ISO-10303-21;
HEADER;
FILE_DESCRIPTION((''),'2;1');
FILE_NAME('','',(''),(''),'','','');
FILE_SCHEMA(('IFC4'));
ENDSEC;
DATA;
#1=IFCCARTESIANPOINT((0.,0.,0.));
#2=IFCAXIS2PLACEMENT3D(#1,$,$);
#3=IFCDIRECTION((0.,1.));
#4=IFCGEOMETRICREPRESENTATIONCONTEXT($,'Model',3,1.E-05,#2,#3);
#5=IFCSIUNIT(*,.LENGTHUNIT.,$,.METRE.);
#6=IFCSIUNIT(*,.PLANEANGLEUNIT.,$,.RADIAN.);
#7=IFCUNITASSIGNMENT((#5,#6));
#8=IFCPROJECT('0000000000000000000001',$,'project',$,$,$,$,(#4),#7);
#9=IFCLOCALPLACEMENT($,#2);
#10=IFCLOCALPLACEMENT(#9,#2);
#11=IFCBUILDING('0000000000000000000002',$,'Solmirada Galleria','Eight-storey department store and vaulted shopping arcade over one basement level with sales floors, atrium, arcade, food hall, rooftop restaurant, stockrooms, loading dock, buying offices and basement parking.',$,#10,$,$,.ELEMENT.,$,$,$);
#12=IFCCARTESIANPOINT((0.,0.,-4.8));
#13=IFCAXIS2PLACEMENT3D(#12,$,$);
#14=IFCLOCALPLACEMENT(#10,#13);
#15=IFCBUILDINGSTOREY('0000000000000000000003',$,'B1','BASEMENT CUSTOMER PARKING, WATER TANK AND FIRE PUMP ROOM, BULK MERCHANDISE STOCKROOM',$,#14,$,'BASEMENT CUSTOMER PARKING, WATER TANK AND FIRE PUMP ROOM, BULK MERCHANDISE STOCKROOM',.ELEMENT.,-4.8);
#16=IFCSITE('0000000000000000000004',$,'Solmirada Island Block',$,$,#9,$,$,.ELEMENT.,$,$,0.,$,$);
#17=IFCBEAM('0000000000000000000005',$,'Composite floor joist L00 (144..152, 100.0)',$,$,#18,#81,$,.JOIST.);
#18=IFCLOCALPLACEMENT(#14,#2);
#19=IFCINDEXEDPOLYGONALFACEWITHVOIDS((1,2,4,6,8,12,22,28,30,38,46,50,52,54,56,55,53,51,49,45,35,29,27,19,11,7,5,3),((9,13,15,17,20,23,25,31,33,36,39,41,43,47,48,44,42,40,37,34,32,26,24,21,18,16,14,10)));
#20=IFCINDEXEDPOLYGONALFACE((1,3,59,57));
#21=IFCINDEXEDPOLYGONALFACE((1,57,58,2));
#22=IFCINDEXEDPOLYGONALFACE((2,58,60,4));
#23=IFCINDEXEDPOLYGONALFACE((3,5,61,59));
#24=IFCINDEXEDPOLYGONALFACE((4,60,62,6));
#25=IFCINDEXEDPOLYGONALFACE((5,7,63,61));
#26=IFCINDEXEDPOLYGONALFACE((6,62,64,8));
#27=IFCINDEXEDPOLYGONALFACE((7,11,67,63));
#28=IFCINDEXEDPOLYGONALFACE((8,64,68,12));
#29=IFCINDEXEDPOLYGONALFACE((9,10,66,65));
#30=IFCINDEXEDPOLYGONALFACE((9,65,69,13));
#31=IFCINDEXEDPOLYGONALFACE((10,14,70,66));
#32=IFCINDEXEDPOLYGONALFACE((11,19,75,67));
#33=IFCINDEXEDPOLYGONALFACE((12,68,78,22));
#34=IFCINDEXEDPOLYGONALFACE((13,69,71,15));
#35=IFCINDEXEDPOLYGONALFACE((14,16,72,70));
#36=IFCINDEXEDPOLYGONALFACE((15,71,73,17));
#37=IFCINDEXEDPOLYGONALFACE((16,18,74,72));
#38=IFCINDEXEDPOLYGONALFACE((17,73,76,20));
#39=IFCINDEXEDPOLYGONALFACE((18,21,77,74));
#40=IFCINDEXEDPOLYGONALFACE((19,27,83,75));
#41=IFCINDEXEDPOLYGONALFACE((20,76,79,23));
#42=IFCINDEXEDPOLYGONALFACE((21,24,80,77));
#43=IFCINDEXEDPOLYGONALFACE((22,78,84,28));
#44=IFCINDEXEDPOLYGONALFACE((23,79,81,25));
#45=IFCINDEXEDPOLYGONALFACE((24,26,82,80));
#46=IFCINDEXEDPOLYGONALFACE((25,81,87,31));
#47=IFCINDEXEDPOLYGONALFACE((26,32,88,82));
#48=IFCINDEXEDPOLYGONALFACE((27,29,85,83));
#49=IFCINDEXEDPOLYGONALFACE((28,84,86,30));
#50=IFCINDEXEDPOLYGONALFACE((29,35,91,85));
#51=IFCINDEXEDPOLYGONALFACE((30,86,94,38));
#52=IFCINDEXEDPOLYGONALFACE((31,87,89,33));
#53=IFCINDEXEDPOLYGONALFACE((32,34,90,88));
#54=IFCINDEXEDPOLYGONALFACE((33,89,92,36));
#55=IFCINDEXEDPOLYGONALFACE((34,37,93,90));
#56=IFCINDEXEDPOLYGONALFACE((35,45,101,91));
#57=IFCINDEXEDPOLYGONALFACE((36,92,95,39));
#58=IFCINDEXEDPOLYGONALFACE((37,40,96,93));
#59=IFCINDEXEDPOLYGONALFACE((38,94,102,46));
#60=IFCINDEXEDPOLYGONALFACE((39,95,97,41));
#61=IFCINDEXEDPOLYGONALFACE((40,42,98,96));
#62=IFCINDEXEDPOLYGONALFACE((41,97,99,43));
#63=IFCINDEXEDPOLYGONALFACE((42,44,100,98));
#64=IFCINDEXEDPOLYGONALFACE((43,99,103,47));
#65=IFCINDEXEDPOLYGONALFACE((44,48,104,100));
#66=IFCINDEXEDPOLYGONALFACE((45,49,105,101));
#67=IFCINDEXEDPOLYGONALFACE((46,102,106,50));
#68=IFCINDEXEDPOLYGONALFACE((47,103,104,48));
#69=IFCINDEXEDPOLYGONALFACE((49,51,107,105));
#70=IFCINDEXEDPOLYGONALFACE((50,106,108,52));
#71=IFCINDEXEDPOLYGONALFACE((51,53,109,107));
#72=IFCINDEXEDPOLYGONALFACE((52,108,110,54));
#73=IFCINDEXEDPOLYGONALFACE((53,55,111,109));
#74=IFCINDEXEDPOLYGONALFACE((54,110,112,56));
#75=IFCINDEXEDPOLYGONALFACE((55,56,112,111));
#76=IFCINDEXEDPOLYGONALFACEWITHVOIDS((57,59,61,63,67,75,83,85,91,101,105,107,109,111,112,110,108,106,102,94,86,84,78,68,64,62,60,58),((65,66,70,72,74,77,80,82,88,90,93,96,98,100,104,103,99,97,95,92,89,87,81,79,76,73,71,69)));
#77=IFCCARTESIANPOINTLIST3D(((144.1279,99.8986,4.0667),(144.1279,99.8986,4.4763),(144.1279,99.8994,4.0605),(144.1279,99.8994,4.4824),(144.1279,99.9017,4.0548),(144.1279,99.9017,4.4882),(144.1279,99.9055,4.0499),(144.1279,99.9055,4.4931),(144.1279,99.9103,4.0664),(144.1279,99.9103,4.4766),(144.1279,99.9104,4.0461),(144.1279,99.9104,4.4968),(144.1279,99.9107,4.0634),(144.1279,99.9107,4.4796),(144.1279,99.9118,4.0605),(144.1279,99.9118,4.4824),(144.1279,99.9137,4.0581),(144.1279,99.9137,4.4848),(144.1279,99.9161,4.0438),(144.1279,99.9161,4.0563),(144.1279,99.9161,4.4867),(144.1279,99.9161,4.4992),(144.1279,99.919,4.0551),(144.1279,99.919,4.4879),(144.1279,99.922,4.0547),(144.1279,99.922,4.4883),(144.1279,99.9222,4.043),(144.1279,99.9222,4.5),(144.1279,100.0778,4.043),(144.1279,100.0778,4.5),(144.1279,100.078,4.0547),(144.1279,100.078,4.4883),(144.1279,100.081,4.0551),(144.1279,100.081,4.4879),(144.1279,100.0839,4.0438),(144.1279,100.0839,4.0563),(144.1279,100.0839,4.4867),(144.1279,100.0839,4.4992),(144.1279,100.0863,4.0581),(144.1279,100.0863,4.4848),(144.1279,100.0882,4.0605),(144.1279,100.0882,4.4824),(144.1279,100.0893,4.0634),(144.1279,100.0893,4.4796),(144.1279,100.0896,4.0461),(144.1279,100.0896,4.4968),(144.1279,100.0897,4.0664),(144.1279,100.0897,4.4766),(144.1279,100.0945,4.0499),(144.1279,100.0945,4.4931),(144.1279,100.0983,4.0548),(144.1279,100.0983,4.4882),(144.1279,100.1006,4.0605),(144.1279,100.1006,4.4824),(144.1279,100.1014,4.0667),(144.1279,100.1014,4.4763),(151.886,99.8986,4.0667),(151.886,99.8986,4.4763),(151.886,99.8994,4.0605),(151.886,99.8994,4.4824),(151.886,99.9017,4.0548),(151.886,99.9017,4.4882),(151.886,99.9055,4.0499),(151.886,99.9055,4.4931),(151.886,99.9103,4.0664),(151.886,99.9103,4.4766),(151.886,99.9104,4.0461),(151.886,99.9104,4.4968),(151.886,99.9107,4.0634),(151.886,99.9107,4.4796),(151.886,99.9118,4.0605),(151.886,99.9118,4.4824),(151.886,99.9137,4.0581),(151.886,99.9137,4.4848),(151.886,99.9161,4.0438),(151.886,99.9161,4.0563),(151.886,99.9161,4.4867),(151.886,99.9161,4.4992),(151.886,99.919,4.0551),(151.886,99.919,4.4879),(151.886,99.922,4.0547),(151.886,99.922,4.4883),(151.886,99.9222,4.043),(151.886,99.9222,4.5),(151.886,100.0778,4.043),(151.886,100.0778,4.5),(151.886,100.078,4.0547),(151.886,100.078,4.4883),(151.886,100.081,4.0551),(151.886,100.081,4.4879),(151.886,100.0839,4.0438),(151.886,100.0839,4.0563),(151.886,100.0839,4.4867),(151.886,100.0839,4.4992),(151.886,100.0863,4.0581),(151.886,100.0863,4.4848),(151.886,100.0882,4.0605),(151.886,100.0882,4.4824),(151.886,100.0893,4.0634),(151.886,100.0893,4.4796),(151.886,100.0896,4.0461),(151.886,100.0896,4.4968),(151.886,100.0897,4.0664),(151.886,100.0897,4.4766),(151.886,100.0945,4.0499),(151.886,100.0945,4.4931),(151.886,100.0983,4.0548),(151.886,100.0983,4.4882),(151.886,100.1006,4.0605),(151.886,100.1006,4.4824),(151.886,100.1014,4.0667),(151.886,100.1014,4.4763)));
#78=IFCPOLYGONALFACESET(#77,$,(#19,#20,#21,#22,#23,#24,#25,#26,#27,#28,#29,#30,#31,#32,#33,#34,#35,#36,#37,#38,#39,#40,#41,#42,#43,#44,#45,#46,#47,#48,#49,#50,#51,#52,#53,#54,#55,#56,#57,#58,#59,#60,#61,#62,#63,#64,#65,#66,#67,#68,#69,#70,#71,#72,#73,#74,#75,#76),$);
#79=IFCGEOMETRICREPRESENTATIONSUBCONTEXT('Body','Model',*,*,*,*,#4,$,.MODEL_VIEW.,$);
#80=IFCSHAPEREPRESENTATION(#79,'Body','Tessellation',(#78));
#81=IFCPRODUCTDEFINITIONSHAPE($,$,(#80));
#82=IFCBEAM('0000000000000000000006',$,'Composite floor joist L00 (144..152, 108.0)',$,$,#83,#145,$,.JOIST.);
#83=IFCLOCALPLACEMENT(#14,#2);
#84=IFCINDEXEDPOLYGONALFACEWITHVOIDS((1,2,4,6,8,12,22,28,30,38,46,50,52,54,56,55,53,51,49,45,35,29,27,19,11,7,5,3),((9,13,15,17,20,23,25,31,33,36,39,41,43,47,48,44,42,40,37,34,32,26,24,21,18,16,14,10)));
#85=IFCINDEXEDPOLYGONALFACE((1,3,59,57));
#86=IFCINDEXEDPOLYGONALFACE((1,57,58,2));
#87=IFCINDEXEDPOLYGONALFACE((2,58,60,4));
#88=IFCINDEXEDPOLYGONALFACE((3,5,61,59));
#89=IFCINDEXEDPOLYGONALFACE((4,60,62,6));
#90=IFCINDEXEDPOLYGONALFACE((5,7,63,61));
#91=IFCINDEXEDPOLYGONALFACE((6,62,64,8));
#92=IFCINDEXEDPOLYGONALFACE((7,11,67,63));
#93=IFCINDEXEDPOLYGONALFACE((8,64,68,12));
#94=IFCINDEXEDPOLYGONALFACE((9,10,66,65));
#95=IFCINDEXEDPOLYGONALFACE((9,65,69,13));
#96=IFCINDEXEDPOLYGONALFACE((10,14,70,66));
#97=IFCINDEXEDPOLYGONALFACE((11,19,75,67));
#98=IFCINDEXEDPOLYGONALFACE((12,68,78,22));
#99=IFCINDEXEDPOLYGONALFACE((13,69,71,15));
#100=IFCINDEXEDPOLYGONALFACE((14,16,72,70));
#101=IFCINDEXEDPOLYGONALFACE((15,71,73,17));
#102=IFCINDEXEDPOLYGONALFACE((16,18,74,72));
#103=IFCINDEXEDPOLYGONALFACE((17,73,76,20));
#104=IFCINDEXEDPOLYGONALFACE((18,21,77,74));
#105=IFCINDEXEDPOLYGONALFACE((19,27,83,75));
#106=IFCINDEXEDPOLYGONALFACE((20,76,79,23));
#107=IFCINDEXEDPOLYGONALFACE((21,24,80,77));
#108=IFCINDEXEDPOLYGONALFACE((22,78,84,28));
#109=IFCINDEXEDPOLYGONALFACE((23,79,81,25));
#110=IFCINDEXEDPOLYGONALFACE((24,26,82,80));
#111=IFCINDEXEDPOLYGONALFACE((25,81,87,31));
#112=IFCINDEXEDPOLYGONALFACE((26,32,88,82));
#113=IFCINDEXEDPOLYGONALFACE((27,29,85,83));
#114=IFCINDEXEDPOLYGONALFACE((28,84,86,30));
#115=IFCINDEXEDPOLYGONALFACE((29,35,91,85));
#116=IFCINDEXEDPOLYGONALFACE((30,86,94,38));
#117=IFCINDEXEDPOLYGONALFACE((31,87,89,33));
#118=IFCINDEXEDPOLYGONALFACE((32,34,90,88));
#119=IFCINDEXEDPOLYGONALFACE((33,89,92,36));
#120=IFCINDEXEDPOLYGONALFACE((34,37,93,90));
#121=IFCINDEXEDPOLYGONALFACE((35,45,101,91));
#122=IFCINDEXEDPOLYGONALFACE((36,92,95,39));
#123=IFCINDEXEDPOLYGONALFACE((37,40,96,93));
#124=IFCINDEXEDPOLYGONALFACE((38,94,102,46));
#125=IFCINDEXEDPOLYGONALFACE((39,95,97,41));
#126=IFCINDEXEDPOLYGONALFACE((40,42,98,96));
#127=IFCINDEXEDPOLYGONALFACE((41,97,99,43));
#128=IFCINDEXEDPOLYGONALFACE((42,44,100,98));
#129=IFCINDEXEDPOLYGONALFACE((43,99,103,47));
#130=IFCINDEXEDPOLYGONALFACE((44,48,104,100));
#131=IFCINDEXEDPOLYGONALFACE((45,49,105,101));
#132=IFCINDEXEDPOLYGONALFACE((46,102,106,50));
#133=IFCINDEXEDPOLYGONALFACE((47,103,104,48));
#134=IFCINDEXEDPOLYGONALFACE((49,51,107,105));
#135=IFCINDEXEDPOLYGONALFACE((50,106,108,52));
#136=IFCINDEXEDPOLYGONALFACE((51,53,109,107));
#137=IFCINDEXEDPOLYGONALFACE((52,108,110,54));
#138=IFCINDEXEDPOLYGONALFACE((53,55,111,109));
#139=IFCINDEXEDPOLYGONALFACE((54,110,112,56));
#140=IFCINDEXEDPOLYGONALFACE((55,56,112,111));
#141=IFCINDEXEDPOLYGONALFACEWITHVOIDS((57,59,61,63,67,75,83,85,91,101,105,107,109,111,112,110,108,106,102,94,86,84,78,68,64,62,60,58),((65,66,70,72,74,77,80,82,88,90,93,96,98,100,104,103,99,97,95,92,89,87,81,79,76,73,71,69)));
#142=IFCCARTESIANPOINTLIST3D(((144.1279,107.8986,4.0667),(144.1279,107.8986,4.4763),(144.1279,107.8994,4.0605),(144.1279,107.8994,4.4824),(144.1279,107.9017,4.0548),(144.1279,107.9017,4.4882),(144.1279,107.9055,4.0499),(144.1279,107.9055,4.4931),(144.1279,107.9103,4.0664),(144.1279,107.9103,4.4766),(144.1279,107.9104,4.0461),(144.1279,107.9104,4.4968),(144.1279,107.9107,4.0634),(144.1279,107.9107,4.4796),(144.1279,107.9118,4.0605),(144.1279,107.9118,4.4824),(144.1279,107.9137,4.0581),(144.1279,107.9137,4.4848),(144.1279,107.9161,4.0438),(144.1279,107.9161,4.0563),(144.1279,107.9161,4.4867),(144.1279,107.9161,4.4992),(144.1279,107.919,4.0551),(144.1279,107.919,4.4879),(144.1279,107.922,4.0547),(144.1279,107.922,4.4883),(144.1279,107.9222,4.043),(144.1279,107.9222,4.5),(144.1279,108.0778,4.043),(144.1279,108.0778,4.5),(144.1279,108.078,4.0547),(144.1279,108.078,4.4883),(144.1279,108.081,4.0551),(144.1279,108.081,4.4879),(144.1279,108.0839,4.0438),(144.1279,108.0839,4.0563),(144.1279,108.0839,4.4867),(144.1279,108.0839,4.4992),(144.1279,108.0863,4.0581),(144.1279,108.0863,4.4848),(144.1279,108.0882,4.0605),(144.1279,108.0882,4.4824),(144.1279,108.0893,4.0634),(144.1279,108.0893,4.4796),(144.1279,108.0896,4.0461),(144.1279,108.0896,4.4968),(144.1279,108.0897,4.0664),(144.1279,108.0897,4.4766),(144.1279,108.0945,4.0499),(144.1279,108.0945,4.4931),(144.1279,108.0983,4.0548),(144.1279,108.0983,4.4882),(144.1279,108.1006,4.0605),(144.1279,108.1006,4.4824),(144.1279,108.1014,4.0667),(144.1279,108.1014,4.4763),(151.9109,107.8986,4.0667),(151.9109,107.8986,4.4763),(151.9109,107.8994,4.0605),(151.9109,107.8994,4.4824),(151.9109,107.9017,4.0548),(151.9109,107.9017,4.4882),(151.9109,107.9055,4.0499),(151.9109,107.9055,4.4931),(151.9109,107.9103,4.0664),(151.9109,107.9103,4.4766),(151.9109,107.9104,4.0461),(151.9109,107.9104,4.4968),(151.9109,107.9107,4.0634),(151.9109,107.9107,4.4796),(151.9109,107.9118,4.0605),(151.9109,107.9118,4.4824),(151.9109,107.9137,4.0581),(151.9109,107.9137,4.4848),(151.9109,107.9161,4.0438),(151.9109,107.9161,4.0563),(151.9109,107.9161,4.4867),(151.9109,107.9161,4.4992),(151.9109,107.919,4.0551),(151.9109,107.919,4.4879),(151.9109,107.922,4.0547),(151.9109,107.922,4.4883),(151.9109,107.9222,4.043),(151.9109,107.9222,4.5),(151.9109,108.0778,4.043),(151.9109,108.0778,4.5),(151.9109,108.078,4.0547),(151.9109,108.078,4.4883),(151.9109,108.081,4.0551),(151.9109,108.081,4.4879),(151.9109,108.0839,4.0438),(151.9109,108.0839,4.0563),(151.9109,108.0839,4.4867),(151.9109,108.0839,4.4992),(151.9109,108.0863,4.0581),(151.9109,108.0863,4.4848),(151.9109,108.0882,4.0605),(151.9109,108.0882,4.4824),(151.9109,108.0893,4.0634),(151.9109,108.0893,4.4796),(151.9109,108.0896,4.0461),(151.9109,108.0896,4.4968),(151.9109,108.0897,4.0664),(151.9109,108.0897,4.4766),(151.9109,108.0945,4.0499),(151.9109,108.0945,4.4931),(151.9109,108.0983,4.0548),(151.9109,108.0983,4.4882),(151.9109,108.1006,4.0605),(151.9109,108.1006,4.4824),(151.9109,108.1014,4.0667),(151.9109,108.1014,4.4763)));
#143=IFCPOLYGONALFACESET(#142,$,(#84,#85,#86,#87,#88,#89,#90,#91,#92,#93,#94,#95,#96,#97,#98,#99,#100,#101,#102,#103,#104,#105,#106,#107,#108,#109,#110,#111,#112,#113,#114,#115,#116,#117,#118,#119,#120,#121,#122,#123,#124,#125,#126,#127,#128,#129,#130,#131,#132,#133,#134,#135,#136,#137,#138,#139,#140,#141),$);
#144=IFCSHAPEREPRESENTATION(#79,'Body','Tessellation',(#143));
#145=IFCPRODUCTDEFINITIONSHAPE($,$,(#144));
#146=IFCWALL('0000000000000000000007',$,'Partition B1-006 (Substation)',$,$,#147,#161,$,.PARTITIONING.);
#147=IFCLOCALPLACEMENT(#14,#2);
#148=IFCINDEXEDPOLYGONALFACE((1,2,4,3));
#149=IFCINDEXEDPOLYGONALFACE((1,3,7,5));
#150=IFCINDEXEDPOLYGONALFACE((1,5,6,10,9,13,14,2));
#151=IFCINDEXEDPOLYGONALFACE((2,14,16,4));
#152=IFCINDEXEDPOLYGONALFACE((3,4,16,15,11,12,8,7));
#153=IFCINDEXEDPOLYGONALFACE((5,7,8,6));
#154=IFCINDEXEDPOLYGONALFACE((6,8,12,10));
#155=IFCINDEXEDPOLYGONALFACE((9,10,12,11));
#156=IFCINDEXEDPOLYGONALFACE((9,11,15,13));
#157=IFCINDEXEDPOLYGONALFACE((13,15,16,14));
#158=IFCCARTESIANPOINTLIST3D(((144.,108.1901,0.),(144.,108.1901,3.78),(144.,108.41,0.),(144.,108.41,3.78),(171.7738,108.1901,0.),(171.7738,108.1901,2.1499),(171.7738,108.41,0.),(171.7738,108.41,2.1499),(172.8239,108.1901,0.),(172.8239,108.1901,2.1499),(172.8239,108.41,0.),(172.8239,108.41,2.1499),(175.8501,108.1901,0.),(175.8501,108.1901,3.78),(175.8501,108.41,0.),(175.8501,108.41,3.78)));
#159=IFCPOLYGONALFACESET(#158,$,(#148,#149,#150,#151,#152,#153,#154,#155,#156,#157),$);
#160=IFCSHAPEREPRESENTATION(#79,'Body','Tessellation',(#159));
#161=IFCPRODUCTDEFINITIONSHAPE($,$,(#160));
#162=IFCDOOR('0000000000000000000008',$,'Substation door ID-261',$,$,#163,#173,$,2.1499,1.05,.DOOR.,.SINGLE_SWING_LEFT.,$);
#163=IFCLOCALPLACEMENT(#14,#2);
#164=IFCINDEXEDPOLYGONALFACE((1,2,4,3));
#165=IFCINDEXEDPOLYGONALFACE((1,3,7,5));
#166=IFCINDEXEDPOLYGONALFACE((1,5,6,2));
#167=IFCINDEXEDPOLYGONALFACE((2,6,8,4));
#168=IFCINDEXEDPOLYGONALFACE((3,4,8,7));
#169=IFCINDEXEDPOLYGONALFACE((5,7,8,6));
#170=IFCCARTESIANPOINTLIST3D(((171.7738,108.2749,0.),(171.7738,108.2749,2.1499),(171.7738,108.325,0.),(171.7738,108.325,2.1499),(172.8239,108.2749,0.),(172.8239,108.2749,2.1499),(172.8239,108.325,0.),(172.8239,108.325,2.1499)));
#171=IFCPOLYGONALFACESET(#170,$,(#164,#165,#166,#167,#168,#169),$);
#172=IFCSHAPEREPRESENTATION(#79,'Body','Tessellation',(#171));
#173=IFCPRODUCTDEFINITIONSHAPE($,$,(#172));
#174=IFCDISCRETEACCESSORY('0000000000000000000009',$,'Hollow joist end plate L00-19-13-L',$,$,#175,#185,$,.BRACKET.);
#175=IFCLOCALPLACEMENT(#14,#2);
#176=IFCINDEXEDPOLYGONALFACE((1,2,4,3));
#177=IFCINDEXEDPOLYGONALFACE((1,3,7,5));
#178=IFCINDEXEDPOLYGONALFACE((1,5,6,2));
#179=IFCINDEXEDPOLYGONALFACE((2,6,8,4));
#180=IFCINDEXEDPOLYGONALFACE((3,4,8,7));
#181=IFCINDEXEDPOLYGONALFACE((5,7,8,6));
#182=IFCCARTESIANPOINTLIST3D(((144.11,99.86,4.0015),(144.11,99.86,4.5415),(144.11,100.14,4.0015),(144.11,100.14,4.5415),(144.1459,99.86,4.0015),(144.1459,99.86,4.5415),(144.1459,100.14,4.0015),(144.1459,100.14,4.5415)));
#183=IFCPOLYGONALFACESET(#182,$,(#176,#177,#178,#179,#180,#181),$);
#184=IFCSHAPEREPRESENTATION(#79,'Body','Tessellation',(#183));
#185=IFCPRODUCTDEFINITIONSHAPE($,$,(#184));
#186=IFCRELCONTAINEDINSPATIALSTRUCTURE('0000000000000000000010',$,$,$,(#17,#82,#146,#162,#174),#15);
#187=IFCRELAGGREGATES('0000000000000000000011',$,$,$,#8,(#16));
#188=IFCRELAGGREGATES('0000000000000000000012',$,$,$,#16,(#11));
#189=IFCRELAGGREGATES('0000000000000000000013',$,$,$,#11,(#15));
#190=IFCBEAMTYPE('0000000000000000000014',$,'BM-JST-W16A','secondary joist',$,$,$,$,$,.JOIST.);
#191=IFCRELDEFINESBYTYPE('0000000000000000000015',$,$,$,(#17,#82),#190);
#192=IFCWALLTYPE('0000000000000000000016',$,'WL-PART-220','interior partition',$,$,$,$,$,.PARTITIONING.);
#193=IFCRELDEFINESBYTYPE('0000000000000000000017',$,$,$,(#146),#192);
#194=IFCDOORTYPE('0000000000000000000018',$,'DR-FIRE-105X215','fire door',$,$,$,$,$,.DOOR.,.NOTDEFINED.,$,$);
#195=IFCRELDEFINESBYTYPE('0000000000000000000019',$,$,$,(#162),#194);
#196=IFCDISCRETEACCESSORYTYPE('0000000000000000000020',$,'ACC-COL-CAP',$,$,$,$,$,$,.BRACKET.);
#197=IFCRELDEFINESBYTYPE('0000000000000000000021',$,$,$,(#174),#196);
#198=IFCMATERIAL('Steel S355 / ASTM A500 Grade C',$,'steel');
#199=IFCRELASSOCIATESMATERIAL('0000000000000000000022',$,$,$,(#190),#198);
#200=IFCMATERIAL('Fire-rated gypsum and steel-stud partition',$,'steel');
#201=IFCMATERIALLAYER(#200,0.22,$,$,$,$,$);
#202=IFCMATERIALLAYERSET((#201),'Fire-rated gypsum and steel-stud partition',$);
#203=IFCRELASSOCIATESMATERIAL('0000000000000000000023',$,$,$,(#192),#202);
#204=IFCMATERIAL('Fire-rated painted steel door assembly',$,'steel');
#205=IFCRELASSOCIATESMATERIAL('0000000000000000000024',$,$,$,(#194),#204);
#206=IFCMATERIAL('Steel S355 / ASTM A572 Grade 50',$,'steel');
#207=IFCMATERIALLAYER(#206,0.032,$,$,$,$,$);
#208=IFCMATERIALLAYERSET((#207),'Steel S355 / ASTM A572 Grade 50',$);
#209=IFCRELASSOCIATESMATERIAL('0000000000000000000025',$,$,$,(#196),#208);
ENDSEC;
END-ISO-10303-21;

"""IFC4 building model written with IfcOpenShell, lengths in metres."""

from ifc_helpers import new_model, si_unit, direction, frame, frame_2d, origin, origin_2d, place, context, subcontext, project, spatial, rectangle, hollow_rectangle, extrude, material, layer, layer_set, material_profile, profile_set, type_object, element, fill, save


model = new_model("IFC4")

# Units and contexts
model_context = context("Model", 3, precision=1e-05, world=origin(), true_north=direction((0.0, 1.0)))
body_context = subcontext(model_context, "Body", "Model", "MODEL_VIEW")
ifc_project = project(units=[si_unit("LENGTHUNIT", "METRE"), si_unit("PLANEANGLEUNIT", "RADIAN")], contexts=[model_context])

# Site, building, storey
site_placement = place(None, origin())
site = spatial("IfcSite", under=ifc_project, at=site_placement, Name="Solmirada Island Block", CompositionType="ELEMENT", RefElevation=0.0)
building_placement = place(site_placement, origin())
building = spatial("IfcBuilding", under=site, at=building_placement, Name="Solmirada Galleria", Description="Eight-storey department store and vaulted shopping arcade over one basement level with sales floors, atrium, arcade, food hall, rooftop restaurant, stockrooms, loading dock, buying offices and basement parking.", CompositionType="ELEMENT")
storey_placement = place(building_placement, frame((0.0, 0.0, -4.8)))
storey = spatial("IfcBuildingStorey", under=building, at=storey_placement, Name="B1", Description="BASEMENT CUSTOMER PARKING, WATER TANK AND FIRE PUMP ROOM, BULK MERCHANDISE STOCKROOM", LongName="BASEMENT CUSTOMER PARKING, WATER TANK AND FIRE PUMP ROOM, BULK MERCHANDISE STOCKROOM", CompositionType="ELEMENT", Elevation=-4.8)

# Beams
ifc_material_1 = material(Name="Steel S355 / ASTM A500 Grade C", Category="steel")
ifc_material_profile_1 = material_profile(ifc_material_1, hollow_rectangle(XDim=0.2029, YDim=0.457, WallThickness=0.0117, InnerFilletRadius=0.0117, OuterFilletRadius=0.0237, at=origin_2d()), Name="HSS18X8X1/2")
ifc_profile_set_1 = profile_set([ifc_material_profile_1], Name="Steel S355 / ASTM A500 Grade C")
beam_type_1 = type_object("IfcBeamType", Name="BM-JST-W16A", Description="secondary joist", PredefinedType="JOIST", material=ifc_profile_set_1)
beam_1_placement = place(storey_placement, frame((144.1279, 100.0, 4.2715), z_axis=(1.0, 0.0, 0.0), x_axis=(0.0, 1.0, 0.0)))
element("IfcBeam", 1, at=beam_1_placement, inside=storey, type_object=beam_type_1, Name="Composite floor joist L00 (144..152, 100.0)", PredefinedType="JOIST", context=body_context, shape_type="SweptSolid", body=[
    extrude(hollow_rectangle(XDim=0.2029, YDim=0.457, WallThickness=0.0117, InnerFilletRadius=0.0117, OuterFilletRadius=0.0237, at=origin_2d()), origin(), (0.0, 0.0, 1.0), 7.7581),
])
beam_2_placement = place(storey_placement, frame((144.1279, 108.0, 4.2715), z_axis=(1.0, 0.0, 0.0), x_axis=(0.0, 1.0, 0.0)))
element("IfcBeam", 2, at=beam_2_placement, inside=storey, type_object=beam_type_1, Name="Composite floor joist L00 (144..152, 108.0)", PredefinedType="JOIST", context=body_context, shape_type="SweptSolid", body=[
    extrude(hollow_rectangle(XDim=0.2029, YDim=0.457, WallThickness=0.0117, InnerFilletRadius=0.0117, OuterFilletRadius=0.0237, at=origin_2d()), origin(), (0.0, 0.0, 1.0), 7.783),
])

# Wall, opening, door
ifc_material_2 = material(Name="Fire-rated painted steel door assembly", Category="steel")
ifc_material_3 = material(Name="Fire-rated gypsum and steel-stud partition", Category="steel")
ifc_layer_1 = layer(ifc_material_3, 0.22)
ifc_layer_set_1 = layer_set([ifc_layer_1], Name="Fire-rated gypsum and steel-stud partition")
wall_type_1 = type_object("IfcWallType", Name="WL-PART-220", Description="interior partition", PredefinedType="PARTITIONING", material=ifc_layer_set_1)
wall_1_placement = place(storey_placement, frame((144.0, 108.3, 0.0), z_axis=(0.0, 0.0, 1.0), x_axis=(1.0, 0.0, 0.0)))
wall_1 = element("IfcWall", 3, at=wall_1_placement, inside=storey, type_object=wall_type_1, Name="Partition B1-006 (Substation)", PredefinedType="PARTITIONING", context=body_context, shape_type="SweptSolid", body=[
    extrude(rectangle(XDim=31.8501, YDim=0.22, at=frame_2d((15.925, 0.0))), origin(), (0.0, 0.0, 1.0), 3.78),
])
opening_1_placement = place(wall_1_placement, frame((27.7739, 0.0, 0.0)))
opening_1 = element("IfcOpeningElement", 4, at=opening_1_placement, cuts=wall_1, PredefinedType="OPENING", context=body_context, shape_type="SweptSolid", body=[
    extrude(rectangle(XDim=1.05, YDim=2.1499, at=frame_2d((0.5249, 1.075))), frame((0.0, 0.1199, 0.0), z_axis=(0.0, -1.0, 0.0), x_axis=(1.0, 0.0, 0.0)), (0.0, 0.0, 1.0), 0.24),
])
door_type_1 = type_object("IfcDoorType", Name="DR-FIRE-105X215", Description="fire door", OperationType="NOTDEFINED", PredefinedType="DOOR", material=ifc_material_2)
door_1_placement = place(opening_1_placement, origin())
door_1 = element("IfcDoor", 5, at=door_1_placement, inside=storey, type_object=door_type_1, Name="Substation door ID-261", OperationType="SINGLE_SWING_LEFT", OverallHeight=2.1499, OverallWidth=1.05, PredefinedType="DOOR", context=body_context, shape_type="SweptSolid", body=[
    extrude(rectangle(XDim=1.05, YDim=2.1499, at=frame_2d((0.5249, 1.075))), frame((0.0, 0.0249, 0.0), z_axis=(0.0, -1.0, 0.0), x_axis=(1.0, 0.0, 0.0)), (0.0, 0.0, 1.0), 0.05),
])
fill(opening_1, door_1)

# Discrete accessory
ifc_material_4 = material(Name="Steel S355 / ASTM A572 Grade 50", Category="steel")
ifc_layer_2 = layer(ifc_material_4, 0.032)
ifc_layer_set_2 = layer_set([ifc_layer_2], Name="Steel S355 / ASTM A572 Grade 50")
discrete_accessory_type = type_object("IfcDiscreteAccessoryType", Name="ACC-COL-CAP", PredefinedType="BRACKET", material=ifc_layer_set_2)
for number, where, z_axis, x_axis, name in (
    (6, (144.1279, 100.0, 4.0015), (0.0, 0.0, 1.0), (1.0, 0.0, 0.0), "Hollow joist end plate L00-19-13-L"),
):
    element("IfcDiscreteAccessory", number, at=place(storey_placement, frame(where, z_axis=z_axis, x_axis=x_axis)), inside=storey, type_object=discrete_accessory_type, Name=name, PredefinedType="BRACKET", context=body_context, shape_type="SweptSolid", body=[
        extrude(rectangle(XDim=0.0359, YDim=0.28, at=origin_2d()), origin(), (0.0, 0.0, 1.0), 0.54),
    ])

save(model, "model.ifc")
